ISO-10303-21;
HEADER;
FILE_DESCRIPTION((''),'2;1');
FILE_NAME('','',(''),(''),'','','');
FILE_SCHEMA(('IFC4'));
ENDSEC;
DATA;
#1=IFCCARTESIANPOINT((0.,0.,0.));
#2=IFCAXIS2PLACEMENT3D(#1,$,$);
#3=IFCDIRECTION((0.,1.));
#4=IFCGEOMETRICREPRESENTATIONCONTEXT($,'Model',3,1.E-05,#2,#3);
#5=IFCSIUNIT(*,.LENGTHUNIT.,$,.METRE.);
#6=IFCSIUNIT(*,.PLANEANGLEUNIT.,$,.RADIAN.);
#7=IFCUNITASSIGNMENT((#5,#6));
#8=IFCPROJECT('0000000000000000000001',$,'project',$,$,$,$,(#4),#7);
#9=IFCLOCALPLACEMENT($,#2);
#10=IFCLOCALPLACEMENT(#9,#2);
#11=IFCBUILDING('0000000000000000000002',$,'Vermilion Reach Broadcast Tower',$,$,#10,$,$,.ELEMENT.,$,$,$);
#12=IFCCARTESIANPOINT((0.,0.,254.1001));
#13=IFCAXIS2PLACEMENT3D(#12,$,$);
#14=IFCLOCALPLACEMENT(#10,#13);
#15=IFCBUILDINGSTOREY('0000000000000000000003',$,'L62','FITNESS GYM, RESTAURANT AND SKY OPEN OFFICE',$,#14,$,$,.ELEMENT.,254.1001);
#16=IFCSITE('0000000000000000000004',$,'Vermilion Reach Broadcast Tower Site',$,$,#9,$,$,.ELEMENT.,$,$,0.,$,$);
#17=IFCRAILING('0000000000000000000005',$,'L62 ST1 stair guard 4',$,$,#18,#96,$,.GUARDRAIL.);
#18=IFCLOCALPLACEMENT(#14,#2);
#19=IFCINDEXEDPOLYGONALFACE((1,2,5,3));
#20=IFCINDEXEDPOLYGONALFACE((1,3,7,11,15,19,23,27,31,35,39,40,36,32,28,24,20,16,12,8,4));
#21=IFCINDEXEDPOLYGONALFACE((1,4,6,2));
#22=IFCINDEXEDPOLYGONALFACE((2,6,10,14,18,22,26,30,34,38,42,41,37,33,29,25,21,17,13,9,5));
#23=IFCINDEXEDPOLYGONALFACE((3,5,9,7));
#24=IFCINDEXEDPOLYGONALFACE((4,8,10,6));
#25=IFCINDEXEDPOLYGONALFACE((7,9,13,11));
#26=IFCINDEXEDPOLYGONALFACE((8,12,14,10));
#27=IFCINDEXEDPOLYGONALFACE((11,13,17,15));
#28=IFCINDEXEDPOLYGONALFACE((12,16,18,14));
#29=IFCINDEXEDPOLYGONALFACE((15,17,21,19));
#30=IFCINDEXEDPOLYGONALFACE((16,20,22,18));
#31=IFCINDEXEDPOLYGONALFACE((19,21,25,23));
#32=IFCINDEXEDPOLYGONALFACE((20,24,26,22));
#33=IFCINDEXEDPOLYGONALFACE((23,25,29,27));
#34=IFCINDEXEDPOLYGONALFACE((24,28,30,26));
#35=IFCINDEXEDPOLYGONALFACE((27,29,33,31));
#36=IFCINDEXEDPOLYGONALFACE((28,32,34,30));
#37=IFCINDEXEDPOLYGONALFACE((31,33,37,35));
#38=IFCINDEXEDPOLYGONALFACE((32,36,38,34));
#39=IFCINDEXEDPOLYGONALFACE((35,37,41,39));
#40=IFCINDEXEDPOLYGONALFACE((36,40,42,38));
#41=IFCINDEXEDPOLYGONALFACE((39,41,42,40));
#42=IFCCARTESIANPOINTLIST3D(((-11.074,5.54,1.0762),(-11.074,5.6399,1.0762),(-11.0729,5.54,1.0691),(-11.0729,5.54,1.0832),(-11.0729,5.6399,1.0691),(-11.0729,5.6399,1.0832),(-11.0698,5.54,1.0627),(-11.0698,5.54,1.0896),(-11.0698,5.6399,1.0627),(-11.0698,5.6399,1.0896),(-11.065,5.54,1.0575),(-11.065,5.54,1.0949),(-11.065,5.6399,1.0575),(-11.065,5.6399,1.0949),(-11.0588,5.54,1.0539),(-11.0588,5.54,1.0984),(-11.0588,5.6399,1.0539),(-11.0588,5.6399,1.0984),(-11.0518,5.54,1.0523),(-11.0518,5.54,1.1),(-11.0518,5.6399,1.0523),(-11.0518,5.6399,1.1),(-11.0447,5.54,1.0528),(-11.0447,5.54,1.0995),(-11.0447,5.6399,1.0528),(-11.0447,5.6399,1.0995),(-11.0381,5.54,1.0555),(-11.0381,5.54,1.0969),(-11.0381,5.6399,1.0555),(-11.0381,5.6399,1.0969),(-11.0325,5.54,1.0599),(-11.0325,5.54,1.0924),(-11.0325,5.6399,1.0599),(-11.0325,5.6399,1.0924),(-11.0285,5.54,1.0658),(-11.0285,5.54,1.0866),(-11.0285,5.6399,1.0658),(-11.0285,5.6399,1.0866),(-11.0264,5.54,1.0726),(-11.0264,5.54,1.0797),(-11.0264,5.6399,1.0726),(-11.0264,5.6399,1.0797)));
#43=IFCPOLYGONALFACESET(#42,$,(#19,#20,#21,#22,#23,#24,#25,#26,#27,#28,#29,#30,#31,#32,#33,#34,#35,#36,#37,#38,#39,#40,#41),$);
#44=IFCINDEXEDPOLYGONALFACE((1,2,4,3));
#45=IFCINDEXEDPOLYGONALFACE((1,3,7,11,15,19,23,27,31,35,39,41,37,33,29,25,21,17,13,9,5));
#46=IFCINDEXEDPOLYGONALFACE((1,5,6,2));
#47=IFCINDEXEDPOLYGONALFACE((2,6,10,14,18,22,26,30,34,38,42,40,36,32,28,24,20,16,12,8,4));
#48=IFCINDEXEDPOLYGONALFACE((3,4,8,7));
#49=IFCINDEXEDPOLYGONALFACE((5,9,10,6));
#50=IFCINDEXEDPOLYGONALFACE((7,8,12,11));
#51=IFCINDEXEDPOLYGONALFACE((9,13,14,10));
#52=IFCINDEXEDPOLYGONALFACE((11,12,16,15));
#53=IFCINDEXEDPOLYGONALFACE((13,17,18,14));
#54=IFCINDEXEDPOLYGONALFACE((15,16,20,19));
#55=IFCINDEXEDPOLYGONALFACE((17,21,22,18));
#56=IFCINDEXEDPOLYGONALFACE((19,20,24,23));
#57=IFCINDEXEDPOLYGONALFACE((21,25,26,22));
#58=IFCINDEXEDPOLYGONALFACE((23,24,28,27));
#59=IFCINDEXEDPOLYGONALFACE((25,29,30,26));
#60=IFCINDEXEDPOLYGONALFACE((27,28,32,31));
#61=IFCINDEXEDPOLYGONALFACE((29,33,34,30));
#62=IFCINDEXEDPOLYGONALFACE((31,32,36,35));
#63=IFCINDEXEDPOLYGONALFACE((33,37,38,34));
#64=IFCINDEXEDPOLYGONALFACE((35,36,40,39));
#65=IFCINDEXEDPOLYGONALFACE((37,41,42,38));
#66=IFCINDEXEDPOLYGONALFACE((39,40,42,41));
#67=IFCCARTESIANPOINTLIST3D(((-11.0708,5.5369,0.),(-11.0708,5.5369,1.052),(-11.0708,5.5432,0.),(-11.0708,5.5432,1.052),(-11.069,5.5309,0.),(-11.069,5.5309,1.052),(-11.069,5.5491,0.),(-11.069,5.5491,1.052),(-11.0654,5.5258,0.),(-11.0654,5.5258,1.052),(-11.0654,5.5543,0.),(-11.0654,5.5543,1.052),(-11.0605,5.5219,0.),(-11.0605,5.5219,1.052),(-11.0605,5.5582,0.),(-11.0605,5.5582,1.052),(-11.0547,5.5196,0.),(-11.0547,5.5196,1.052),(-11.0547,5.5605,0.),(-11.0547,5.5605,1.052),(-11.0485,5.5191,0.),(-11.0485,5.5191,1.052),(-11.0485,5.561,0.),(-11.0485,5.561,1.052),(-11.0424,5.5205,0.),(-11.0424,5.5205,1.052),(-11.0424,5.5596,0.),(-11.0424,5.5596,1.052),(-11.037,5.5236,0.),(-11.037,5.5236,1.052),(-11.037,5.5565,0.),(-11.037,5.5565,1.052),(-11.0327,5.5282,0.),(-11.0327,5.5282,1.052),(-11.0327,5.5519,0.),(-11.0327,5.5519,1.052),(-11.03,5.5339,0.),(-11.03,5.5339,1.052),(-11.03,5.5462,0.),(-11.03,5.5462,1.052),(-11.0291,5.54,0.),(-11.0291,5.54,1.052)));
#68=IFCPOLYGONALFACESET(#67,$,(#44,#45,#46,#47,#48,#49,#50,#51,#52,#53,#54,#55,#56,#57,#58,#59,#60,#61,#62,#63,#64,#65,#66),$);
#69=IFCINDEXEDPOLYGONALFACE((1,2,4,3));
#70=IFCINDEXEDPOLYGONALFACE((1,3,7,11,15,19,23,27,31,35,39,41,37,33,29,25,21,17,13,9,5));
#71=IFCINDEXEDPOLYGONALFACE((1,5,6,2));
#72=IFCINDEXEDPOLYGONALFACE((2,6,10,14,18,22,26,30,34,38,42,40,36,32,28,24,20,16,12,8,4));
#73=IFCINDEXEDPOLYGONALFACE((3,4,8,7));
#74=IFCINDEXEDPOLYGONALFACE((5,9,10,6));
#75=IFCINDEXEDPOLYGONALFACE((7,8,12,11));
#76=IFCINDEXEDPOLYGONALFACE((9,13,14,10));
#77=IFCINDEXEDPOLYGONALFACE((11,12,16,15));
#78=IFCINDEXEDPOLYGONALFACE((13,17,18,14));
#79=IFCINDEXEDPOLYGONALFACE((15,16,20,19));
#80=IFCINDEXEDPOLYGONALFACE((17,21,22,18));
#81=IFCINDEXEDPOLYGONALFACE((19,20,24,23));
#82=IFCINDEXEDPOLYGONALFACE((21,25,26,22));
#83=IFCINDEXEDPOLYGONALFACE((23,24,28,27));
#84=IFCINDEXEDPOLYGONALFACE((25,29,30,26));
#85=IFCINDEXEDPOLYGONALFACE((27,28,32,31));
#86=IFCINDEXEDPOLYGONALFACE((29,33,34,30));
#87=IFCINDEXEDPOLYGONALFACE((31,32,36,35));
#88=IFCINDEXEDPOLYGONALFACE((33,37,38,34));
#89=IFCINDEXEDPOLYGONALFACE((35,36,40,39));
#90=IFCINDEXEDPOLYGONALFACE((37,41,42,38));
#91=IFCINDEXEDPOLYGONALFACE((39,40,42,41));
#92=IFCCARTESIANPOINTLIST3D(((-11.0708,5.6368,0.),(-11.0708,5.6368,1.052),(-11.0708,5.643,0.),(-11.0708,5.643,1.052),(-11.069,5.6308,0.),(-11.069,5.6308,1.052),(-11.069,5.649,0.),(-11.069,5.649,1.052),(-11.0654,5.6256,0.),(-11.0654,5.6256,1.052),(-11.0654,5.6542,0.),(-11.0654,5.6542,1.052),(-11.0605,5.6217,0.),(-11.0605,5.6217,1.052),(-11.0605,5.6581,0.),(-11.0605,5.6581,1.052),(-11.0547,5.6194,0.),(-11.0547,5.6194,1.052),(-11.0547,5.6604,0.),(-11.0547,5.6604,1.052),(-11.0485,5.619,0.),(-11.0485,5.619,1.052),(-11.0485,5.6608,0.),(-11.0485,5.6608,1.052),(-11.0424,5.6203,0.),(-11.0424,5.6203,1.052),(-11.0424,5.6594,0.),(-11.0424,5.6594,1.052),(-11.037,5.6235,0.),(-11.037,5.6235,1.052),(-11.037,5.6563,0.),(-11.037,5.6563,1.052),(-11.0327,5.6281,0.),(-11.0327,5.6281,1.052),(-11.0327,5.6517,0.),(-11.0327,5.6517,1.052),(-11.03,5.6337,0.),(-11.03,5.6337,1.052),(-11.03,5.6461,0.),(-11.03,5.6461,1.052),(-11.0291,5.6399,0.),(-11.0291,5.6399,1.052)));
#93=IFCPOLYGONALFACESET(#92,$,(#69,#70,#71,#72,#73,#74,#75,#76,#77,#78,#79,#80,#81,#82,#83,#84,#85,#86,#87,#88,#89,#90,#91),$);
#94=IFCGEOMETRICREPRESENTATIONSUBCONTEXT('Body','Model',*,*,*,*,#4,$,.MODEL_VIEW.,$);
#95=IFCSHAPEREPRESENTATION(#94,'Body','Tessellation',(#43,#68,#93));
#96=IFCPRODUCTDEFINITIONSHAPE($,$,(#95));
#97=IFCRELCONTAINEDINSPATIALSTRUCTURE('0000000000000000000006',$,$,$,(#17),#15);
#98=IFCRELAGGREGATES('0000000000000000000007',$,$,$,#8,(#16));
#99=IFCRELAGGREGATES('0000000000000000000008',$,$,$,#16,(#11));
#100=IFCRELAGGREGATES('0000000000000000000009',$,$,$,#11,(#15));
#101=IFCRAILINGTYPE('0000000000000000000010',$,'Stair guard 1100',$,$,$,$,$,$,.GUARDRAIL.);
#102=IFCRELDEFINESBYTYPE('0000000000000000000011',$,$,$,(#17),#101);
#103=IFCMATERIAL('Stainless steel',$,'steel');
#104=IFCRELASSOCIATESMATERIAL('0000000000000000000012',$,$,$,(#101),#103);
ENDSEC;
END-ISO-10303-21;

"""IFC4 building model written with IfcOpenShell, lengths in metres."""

from ifc_helpers import new_model, si_unit, direction, frame, origin, origin_2d, place, context, subcontext, project, spatial, circle, extrude, material, type_object, element, save


model = new_model("IFC4")

# Units and contexts
model_context = context("Model", 3, precision=1e-05, world=origin(), true_north=direction((0.0, 1.0)))
body_context = subcontext(model_context, "Body", "Model", "MODEL_VIEW")
ifc_project = project(units=[si_unit("LENGTHUNIT", "METRE"), si_unit("PLANEANGLEUNIT", "RADIAN")], contexts=[model_context])

# Site, building, storey
site_placement = place(None, origin())
site = spatial("IfcSite", under=ifc_project, at=site_placement, Name="Vermilion Reach Broadcast Tower Site", CompositionType="ELEMENT", RefElevation=0.0)
building_placement = place(site_placement, origin())
building = spatial("IfcBuilding", under=site, at=building_placement, Name="Vermilion Reach Broadcast Tower", CompositionType="ELEMENT")
storey_placement = place(building_placement, frame((0.0, 0.0, 254.1001)))
storey = spatial("IfcBuildingStorey", under=building, at=storey_placement, Name="L62", Description="FITNESS GYM, RESTAURANT AND SKY OPEN OFFICE", CompositionType="ELEMENT", Elevation=254.1001)

# Railing
ifc_material_1 = material(Name="Stainless steel", Category="steel")
railing_type_1 = type_object("IfcRailingType", Name="Stair guard 1100", PredefinedType="GUARDRAIL", material=ifc_material_1)
railing_1_placement = place(storey_placement, frame((-11.05, 5.54, 0.0)))
element("IfcRailing", 1, at=railing_1_placement, inside=storey, type_object=railing_type_1, Name="L62 ST1 stair guard 4", PredefinedType="GUARDRAIL", context=body_context, shape_type="SweptSolid", body=[
    extrude(circle(Radius=0.0239, at=origin_2d()), frame((0.0, 0.0, 1.0762), z_axis=(0.0, 1.0, 0.0), x_axis=(-1.0, 0.0, 0.0)), (0.0, 0.0, 1.0), 0.0999),
    extrude(circle(Radius=0.021, at=origin_2d()), origin(), (0.0, 0.0, 1.0), 1.052),
    extrude(circle(Radius=0.021, at=origin_2d()), frame((0.0, 0.0999, 0.0)), (0.0, 0.0, 1.0), 1.052),
])

save(model, "model.ifc")
